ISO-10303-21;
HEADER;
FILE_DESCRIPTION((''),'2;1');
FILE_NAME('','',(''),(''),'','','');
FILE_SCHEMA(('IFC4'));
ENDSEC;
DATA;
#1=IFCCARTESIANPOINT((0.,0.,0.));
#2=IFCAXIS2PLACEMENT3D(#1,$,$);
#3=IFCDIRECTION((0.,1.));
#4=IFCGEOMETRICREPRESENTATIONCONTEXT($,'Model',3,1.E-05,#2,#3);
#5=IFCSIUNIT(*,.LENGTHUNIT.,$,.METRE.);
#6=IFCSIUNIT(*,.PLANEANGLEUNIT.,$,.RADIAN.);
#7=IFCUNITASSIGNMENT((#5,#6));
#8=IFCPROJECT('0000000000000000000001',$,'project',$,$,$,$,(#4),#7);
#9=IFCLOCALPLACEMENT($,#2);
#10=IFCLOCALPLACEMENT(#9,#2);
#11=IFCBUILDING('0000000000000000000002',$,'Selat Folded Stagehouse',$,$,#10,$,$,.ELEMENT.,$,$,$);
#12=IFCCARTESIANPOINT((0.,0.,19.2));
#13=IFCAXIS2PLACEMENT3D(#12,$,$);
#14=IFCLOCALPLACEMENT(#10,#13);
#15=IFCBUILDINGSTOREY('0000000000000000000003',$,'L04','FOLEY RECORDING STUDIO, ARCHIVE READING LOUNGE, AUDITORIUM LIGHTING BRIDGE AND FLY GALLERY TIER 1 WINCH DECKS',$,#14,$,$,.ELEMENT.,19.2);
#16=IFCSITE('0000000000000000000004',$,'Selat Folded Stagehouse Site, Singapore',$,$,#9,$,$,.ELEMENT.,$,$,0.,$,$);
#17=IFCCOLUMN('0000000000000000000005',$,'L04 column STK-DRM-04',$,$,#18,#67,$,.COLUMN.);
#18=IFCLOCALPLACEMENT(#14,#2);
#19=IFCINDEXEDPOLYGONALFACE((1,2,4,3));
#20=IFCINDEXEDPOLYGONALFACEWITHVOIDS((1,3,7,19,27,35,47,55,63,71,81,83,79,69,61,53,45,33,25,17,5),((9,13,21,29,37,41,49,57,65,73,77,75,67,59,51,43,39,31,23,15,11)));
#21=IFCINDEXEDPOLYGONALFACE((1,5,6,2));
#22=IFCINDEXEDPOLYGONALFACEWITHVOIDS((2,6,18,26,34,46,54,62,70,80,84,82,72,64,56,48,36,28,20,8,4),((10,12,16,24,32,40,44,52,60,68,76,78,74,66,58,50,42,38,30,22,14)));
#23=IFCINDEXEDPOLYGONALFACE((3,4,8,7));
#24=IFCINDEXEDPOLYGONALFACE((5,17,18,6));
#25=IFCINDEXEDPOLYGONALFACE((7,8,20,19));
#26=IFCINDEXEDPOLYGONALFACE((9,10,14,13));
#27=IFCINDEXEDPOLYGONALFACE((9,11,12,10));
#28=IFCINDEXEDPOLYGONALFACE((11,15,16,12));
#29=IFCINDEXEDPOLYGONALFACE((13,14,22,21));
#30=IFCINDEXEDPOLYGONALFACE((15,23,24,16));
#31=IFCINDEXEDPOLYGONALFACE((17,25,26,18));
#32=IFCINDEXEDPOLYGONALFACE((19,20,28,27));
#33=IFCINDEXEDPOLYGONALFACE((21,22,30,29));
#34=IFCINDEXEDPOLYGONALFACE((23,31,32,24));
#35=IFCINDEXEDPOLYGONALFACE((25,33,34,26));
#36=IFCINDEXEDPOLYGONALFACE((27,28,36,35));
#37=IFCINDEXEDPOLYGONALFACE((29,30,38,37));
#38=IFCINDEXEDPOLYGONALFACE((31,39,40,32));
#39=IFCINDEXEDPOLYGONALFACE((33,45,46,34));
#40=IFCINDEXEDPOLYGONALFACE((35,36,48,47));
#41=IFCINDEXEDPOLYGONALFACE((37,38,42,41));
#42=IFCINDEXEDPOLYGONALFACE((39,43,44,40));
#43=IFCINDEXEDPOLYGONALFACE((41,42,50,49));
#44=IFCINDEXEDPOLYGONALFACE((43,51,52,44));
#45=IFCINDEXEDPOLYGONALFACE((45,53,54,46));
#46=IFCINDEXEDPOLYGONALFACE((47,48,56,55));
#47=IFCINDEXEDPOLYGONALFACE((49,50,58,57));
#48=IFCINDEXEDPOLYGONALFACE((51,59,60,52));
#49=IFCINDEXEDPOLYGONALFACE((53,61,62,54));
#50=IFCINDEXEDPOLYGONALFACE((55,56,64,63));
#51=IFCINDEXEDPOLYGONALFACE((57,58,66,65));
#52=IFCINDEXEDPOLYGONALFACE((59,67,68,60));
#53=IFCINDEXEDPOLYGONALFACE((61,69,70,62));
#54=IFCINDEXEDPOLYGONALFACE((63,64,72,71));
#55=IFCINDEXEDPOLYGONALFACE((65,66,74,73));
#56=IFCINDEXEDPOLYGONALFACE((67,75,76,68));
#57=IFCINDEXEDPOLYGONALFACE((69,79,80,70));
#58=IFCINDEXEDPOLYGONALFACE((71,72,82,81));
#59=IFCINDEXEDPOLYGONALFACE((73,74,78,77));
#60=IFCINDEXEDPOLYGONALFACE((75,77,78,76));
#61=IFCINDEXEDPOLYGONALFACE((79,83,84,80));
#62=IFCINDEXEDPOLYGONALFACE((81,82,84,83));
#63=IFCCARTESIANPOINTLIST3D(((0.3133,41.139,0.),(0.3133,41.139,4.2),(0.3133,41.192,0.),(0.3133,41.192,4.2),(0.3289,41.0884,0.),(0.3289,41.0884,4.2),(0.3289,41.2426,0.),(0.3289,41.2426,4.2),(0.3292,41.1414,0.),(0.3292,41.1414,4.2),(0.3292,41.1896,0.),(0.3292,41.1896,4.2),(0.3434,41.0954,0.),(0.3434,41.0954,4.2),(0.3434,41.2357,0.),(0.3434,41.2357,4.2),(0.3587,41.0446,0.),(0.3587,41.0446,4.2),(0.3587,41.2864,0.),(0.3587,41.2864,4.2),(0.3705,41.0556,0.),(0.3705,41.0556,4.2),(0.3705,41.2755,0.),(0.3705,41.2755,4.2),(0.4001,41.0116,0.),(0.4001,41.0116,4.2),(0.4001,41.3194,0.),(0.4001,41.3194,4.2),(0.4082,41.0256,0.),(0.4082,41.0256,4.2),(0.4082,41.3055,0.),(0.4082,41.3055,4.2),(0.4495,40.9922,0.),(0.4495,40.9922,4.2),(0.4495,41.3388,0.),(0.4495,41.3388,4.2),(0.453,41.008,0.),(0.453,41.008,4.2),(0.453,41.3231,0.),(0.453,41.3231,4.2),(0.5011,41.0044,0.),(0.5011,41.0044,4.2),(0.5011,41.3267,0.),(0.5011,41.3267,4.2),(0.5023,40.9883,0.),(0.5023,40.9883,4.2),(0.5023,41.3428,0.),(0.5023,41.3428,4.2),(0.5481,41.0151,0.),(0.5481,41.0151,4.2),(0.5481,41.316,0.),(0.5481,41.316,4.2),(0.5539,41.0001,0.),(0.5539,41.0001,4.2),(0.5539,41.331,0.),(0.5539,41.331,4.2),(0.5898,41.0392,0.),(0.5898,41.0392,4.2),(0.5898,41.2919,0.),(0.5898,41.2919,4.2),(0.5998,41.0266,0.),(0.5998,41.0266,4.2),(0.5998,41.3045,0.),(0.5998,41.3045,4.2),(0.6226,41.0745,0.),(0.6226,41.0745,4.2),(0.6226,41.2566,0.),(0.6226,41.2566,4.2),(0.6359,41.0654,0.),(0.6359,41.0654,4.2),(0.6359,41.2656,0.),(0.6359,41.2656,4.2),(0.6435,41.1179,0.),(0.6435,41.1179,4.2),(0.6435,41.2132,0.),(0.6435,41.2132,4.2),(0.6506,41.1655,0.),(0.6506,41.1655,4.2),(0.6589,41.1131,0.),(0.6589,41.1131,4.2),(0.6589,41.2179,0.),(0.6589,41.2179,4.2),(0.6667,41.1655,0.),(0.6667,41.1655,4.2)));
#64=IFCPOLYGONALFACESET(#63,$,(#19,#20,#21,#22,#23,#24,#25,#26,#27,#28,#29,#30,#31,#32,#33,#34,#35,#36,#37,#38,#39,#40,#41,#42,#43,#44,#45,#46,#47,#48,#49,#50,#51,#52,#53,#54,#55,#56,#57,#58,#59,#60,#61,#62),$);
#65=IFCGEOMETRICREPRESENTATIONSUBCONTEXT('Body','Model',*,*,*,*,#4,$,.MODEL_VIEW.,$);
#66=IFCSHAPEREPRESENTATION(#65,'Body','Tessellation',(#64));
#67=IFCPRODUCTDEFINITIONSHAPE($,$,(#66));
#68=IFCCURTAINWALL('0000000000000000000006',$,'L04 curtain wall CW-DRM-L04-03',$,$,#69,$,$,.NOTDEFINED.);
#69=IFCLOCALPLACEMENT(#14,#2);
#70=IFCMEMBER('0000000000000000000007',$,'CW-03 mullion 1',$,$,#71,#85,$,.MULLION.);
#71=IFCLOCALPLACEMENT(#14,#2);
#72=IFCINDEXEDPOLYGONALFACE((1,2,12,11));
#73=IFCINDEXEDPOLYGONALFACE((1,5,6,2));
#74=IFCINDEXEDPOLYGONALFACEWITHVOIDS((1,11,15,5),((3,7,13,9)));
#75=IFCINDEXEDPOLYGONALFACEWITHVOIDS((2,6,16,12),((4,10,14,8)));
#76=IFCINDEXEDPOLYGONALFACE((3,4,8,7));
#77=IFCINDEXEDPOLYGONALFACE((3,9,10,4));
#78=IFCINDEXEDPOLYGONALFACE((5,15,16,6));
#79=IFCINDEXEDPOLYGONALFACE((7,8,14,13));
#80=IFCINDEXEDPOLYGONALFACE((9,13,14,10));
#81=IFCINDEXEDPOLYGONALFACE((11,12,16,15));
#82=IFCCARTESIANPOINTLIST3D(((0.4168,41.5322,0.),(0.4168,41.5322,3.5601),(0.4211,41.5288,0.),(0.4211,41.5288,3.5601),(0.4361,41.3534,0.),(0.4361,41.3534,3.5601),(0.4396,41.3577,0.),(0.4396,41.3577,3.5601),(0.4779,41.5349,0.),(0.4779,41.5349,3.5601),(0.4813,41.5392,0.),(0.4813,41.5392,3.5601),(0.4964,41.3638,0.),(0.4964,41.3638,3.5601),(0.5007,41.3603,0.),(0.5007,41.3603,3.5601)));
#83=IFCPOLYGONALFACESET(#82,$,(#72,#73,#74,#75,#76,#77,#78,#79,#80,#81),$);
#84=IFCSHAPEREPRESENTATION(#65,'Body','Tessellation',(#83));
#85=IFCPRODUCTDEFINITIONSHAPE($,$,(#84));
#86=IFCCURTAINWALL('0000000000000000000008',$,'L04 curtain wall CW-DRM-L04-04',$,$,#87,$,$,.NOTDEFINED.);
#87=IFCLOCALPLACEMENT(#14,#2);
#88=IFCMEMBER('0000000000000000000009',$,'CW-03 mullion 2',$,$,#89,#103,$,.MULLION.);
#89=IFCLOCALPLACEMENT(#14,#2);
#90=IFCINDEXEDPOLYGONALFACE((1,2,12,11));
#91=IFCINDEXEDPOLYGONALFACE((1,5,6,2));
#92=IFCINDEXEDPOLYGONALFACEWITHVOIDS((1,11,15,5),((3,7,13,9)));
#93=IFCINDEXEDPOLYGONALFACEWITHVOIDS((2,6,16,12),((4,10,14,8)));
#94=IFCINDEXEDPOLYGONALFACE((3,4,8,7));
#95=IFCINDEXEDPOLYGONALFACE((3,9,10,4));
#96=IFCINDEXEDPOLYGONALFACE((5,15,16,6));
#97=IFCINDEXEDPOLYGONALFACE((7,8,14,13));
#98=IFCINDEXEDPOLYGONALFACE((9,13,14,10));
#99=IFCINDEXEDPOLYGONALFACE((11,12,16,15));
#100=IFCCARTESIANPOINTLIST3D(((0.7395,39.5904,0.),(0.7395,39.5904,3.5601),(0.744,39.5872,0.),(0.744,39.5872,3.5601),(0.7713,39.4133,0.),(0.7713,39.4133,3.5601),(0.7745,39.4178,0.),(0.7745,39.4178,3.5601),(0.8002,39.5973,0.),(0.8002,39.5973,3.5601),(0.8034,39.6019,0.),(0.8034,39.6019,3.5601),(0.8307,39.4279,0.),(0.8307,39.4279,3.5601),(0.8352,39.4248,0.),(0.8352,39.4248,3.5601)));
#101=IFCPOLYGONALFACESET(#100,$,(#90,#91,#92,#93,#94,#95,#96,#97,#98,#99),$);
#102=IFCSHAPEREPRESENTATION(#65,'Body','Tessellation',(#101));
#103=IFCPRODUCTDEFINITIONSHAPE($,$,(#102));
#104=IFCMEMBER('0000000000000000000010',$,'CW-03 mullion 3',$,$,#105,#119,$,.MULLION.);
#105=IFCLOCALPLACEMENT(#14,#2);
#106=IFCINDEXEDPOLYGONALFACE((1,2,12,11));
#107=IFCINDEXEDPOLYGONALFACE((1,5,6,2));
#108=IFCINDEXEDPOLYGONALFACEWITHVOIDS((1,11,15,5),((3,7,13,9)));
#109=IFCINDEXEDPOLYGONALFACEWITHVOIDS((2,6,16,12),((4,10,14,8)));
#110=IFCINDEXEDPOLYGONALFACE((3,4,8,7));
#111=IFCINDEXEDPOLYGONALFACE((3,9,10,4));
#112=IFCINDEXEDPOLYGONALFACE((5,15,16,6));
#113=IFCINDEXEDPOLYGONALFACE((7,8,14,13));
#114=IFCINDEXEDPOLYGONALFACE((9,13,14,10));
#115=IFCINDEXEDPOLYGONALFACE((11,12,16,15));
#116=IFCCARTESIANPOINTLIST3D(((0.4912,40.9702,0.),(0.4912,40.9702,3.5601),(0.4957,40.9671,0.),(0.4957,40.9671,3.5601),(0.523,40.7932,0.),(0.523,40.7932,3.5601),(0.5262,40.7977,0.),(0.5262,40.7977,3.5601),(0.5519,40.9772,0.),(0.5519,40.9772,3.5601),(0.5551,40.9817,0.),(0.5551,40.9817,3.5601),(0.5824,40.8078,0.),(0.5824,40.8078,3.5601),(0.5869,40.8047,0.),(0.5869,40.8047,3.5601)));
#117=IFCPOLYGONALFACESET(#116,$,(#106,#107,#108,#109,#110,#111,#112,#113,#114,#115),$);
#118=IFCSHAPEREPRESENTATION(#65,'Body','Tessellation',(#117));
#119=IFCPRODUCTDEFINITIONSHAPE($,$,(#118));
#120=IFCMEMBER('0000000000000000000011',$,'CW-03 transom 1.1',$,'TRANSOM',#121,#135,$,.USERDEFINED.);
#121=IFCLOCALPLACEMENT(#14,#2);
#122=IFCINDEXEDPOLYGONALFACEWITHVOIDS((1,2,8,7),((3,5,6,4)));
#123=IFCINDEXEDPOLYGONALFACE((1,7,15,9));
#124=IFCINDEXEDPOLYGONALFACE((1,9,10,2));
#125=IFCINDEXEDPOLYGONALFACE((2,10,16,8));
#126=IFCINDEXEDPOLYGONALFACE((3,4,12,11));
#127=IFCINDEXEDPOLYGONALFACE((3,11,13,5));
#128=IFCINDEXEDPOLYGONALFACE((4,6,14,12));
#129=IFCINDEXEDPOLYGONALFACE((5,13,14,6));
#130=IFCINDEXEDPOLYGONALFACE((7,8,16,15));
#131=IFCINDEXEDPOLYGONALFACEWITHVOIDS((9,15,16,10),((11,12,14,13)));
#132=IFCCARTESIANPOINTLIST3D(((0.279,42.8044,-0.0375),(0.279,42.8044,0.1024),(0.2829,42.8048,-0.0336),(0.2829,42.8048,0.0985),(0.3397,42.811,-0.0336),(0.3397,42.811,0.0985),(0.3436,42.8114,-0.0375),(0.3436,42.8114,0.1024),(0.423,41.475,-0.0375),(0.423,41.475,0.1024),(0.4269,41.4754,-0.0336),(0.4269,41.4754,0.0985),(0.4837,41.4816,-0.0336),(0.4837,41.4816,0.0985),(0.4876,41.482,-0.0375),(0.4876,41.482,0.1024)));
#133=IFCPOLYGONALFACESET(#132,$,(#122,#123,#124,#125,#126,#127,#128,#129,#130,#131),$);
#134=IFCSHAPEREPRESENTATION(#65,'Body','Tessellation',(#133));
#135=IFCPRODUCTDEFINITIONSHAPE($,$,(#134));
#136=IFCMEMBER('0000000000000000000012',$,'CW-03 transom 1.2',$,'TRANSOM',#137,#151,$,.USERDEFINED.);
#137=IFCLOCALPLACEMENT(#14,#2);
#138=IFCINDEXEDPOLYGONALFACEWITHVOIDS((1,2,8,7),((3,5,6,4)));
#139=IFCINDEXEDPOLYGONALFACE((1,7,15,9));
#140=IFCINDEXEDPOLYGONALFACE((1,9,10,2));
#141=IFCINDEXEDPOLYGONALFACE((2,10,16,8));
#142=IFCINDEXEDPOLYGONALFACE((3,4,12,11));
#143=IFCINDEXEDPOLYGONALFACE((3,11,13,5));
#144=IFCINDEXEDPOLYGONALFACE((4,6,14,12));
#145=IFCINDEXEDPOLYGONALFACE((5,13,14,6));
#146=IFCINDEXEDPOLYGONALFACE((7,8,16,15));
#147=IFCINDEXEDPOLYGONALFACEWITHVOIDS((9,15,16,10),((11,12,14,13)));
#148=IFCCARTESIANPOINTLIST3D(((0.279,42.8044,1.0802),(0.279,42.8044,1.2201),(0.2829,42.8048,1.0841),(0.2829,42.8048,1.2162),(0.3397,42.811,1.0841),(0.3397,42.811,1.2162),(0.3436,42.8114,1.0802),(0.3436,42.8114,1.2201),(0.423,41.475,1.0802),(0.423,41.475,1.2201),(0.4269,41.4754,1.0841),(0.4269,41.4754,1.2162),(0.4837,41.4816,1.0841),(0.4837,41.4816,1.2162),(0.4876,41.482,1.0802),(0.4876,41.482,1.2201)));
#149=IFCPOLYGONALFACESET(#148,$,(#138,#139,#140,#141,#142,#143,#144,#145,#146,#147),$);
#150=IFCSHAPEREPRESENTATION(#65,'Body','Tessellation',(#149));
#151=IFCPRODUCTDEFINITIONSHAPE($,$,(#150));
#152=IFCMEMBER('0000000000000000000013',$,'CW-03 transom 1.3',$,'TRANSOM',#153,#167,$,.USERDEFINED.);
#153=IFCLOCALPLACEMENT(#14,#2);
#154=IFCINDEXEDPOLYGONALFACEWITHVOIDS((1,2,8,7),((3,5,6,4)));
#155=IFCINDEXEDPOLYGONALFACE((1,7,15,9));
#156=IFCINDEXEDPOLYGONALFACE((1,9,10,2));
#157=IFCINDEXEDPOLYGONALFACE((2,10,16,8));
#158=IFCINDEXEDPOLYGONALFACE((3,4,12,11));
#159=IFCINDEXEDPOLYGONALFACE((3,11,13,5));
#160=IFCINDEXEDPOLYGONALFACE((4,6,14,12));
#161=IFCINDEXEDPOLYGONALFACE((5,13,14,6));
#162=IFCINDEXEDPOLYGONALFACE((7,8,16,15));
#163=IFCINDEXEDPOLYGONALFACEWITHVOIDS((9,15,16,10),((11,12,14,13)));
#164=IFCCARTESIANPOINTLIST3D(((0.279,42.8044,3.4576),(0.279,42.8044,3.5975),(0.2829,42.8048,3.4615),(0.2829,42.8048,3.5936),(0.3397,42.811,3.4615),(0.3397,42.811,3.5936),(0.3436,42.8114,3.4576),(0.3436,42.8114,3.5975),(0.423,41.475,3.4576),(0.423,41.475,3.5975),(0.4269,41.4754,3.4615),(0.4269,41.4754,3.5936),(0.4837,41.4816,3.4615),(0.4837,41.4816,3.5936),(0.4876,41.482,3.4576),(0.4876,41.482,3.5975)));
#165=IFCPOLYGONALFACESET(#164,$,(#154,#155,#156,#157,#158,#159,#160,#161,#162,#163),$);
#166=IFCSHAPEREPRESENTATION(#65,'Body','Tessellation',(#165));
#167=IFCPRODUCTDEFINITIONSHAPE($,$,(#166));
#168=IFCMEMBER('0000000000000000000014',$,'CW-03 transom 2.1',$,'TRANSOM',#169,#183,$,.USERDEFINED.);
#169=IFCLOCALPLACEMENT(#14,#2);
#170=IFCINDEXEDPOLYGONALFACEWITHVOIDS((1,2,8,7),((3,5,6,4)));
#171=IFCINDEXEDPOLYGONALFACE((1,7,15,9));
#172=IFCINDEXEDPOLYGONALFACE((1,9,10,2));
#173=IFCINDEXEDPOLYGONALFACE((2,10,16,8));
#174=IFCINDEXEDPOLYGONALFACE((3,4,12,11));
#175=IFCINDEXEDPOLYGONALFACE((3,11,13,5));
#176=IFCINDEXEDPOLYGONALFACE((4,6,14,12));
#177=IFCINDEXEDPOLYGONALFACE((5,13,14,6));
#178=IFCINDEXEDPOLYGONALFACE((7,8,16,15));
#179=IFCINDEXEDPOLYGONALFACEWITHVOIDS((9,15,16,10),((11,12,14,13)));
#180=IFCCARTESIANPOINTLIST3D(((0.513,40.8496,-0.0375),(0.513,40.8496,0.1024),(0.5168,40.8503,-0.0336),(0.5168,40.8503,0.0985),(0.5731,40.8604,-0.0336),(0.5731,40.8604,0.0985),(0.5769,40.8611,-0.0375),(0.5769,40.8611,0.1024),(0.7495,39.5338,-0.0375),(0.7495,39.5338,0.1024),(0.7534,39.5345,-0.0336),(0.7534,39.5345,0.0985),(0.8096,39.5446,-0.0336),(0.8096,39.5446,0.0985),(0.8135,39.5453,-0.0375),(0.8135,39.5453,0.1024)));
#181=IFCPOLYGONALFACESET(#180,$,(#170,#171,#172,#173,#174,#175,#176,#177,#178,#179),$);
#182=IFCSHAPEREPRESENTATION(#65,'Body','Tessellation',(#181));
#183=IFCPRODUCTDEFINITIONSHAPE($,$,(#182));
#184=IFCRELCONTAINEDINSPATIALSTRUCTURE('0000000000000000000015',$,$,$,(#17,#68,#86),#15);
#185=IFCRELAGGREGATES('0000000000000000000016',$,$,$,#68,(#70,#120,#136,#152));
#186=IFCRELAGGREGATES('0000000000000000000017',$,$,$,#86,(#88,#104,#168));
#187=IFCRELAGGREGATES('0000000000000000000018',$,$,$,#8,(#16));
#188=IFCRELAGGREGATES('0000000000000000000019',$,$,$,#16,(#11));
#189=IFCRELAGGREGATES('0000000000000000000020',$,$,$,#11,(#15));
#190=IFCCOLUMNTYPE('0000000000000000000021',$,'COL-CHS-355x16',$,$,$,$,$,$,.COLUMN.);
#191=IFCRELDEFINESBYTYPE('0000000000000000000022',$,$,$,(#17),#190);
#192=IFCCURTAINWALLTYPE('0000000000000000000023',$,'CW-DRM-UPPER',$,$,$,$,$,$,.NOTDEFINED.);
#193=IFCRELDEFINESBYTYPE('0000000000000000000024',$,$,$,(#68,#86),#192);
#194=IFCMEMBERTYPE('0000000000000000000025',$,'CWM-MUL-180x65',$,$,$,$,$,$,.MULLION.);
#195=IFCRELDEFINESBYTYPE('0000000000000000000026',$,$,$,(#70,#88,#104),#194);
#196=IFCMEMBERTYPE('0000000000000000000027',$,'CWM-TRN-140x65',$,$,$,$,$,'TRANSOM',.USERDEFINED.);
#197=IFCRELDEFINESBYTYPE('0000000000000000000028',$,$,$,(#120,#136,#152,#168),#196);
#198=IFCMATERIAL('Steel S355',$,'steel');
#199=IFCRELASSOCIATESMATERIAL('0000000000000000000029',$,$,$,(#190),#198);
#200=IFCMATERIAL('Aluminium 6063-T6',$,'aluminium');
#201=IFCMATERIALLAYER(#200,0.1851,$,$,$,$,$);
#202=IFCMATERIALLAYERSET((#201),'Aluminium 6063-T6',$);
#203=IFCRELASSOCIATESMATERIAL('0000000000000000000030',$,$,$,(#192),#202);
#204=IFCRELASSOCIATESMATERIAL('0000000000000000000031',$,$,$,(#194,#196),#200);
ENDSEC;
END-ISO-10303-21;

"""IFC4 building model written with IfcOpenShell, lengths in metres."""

from ifc_helpers import new_model, si_unit, direction, frame, origin, origin_2d, place, context, subcontext, project, spatial, hollow_rectangle, hollow_circle, extrude, material, layer, layer_set, material_profile, profile_set, type_object, element, aggregate, save


model = new_model("IFC4")

# Units and contexts
model_context = context("Model", 3, precision=1e-05, world=origin(), true_north=direction((0.0, 1.0)))
body_context = subcontext(model_context, "Body", "Model", "MODEL_VIEW")
ifc_project = project(units=[si_unit("LENGTHUNIT", "METRE"), si_unit("PLANEANGLEUNIT", "RADIAN")], contexts=[model_context])

# Site, building, storey
site_placement = place(None, origin())
site = spatial("IfcSite", under=ifc_project, at=site_placement, Name="Selat Folded Stagehouse Site, Singapore", CompositionType="ELEMENT", RefElevation=0.0)
building_placement = place(site_placement, origin())
building = spatial("IfcBuilding", under=site, at=building_placement, Name="Selat Folded Stagehouse", CompositionType="ELEMENT")
storey_placement = place(building_placement, frame((0.0, 0.0, 19.2)))
storey = spatial("IfcBuildingStorey", under=building, at=storey_placement, Name="L04", Description="FOLEY RECORDING STUDIO, ARCHIVE READING LOUNGE, AUDITORIUM LIGHTING BRIDGE AND FLY GALLERY TIER 1 WINCH DECKS", CompositionType="ELEMENT", Elevation=19.2)

# Column
ifc_material_1 = material(Name="Steel S355", Category="steel")
ifc_material_profile_1 = material_profile(ifc_material_1, hollow_circle(Radius=0.1777, WallThickness=0.0161, at=origin_2d()), Name="CHS 355.6x16.0")
ifc_profile_set_1 = profile_set([ifc_material_profile_1], Name="Steel S355")
column_type = type_object("IfcColumnType", Name="COL-CHS-355x16", PredefinedType="COLUMN", material=ifc_profile_set_1)
column_placement = place(storey_placement, frame((0.489, 41.1655, 0.0), z_axis=(0.0, 0.0, 1.0), x_axis=(1.0, 0.0, 0.0)))
element("IfcColumn", 1, at=column_placement, inside=storey, type_object=column_type, Name="L04 column STK-DRM-04", PredefinedType="COLUMN", context=body_context, shape_type="SweptSolid", body=[
    extrude(hollow_circle(Radius=0.1777, WallThickness=0.0161, at=origin_2d()), origin(), (0.0, 0.0, 1.0), 4.2),
])

# Curtain wall, member
ifc_material_2 = material(Name="Aluminium 6063-T6", Category="aluminium")
ifc_layer_1 = layer(ifc_material_2, 0.1851)
ifc_layer_set_1 = layer_set([ifc_layer_1], Name="Aluminium 6063-T6")
curtain_wall_type = type_object("IfcCurtainWallType", Name="CW-DRM-UPPER", PredefinedType="NOTDEFINED", material=ifc_layer_set_1)
curtain_wall_1_placement = place(storey_placement, origin())
curtain_wall_1 = element("IfcCurtainWall", 2, at=curtain_wall_1_placement, inside=storey, type_object=curtain_wall_type, Name="L04 curtain wall CW-DRM-L04-03", PredefinedType="NOTDEFINED")
ifc_material_profile_2 = material_profile(ifc_material_2, hollow_rectangle(XDim=0.0649, YDim=0.1799, WallThickness=0.0039, at=origin_2d()), Name="ALU 180x65x4.0")
ifc_profile_set_2 = profile_set([ifc_material_profile_2], Name="Aluminium 6063-T6")
member_type_1 = type_object("IfcMemberType", Name="CWM-MUL-180x65", PredefinedType="MULLION", material=ifc_profile_set_2)
member_1_placement = place(storey_placement, frame((0.4587, 41.4463, 0.0), z_axis=(0.0, 0.0, 1.0), x_axis=(-0.994199, -0.107558, 0.0)))
member_1 = element("IfcMember", 3, at=member_1_placement, type_object=member_type_1, Name="CW-03 mullion 1", PredefinedType="MULLION", context=body_context, shape_type="SweptSolid", body=[
    extrude(hollow_rectangle(XDim=0.0649, YDim=0.1799, WallThickness=0.0039, at=origin_2d()), origin(), (0.0, 0.0, 1.0), 3.5601),
])

# Curtain wall, members
curtain_wall_2_placement = place(storey_placement, origin())
curtain_wall_2 = element("IfcCurtainWall", 4, at=curtain_wall_2_placement, inside=storey, type_object=curtain_wall_type, Name="L04 curtain wall CW-DRM-L04-04", PredefinedType="NOTDEFINED")
member_2_placement = place(storey_placement, frame((0.7874, 39.5076, 0.0), z_axis=(0.0, 0.0, 1.0), x_axis=(-0.984211, -0.177002, 0.0)))
member_2 = element("IfcMember", 5, at=member_2_placement, type_object=member_type_1, Name="CW-03 mullion 2", PredefinedType="MULLION", context=body_context, shape_type="SweptSolid", body=[
    extrude(hollow_rectangle(XDim=0.0649, YDim=0.1799, WallThickness=0.0039, at=origin_2d()), origin(), (0.0, 0.0, 1.0), 3.5601),
])
member_3_placement = place(storey_placement, frame((0.5391, 40.8875, 0.0), z_axis=(0.0, 0.0, 1.0), x_axis=(-0.984211, -0.177002, 0.0)))
member_3 = element("IfcMember", 6, at=member_3_placement, type_object=member_type_1, Name="CW-03 mullion 3", PredefinedType="MULLION", context=body_context, shape_type="SweptSolid", body=[
    extrude(hollow_rectangle(XDim=0.0649, YDim=0.1799, WallThickness=0.0039, at=origin_2d()), origin(), (0.0, 0.0, 1.0), 3.5601),
])

# Members
ifc_material_profile_3 = material_profile(ifc_material_2, hollow_rectangle(XDim=0.0649, YDim=0.1399, WallThickness=0.0039, at=origin_2d()), Name="ALU 140x65x4.0")
ifc_profile_set_3 = profile_set([ifc_material_profile_3], Name="Aluminium 6063-T6")
member_type_2 = type_object("IfcMemberType", Name="CWM-TRN-140x65", ElementType="TRANSOM", PredefinedType="USERDEFINED", material=ifc_profile_set_3)
member_4_placement = place(storey_placement, frame((0.4553, 41.4785, 0.0325), z_axis=(-0.107726, 0.994181, 0.0), x_axis=(-0.994181, -0.107726, 0.0)))
member_4 = element("IfcMember", 7, at=member_4_placement, type_object=member_type_2, Name="CW-03 transom 1.1", ObjectType="TRANSOM", PredefinedType="USERDEFINED", context=body_context, shape_type="SweptSolid", body=[
    extrude(hollow_rectangle(XDim=0.0649, YDim=0.1399, WallThickness=0.0039, at=origin_2d()), origin(), (0.0, 0.0, 1.0), 1.3372),
])
member_5_placement = place(storey_placement, frame((0.4553, 41.4785, 1.1501), z_axis=(-0.107726, 0.994181, 0.0), x_axis=(-0.994181, -0.107726, 0.0)))
member_5 = element("IfcMember", 8, at=member_5_placement, type_object=member_type_2, Name="CW-03 transom 1.2", ObjectType="TRANSOM", PredefinedType="USERDEFINED", context=body_context, shape_type="SweptSolid", body=[
    extrude(hollow_rectangle(XDim=0.0649, YDim=0.1399, WallThickness=0.0039, at=origin_2d()), origin(), (0.0, 0.0, 1.0), 1.3372),
])
member_6_placement = place(storey_placement, frame((0.4553, 41.4785, 3.5276), z_axis=(-0.107726, 0.994181, 0.0), x_axis=(-0.994181, -0.107726, 0.0)))
member_6 = element("IfcMember", 9, at=member_6_placement, type_object=member_type_2, Name="CW-03 transom 1.3", ObjectType="TRANSOM", PredefinedType="USERDEFINED", context=body_context, shape_type="SweptSolid", body=[
    extrude(hollow_rectangle(XDim=0.0649, YDim=0.1399, WallThickness=0.0039, at=origin_2d()), origin(), (0.0, 0.0, 1.0), 1.3372),
])
aggregate(curtain_wall_1, [member_1, member_4, member_5, member_6])
member_7_placement = place(storey_placement, frame((0.7815, 39.5396, 0.0325), z_axis=(-0.176941, 0.984222, 0.0), x_axis=(-0.984222, -0.176941, 0.0)))
member_7 = element("IfcMember", 10, at=member_7_placement, type_object=member_type_2, Name="CW-03 transom 2.1", ObjectType="TRANSOM", PredefinedType="USERDEFINED", context=body_context, shape_type="SweptSolid", body=[
    extrude(hollow_rectangle(XDim=0.0649, YDim=0.1399, WallThickness=0.0039, at=origin_2d()), origin(), (0.0, 0.0, 1.0), 1.3369),
])

aggregate(curtain_wall_2, [member_2, member_3, member_7])

save(model, "model.ifc")
